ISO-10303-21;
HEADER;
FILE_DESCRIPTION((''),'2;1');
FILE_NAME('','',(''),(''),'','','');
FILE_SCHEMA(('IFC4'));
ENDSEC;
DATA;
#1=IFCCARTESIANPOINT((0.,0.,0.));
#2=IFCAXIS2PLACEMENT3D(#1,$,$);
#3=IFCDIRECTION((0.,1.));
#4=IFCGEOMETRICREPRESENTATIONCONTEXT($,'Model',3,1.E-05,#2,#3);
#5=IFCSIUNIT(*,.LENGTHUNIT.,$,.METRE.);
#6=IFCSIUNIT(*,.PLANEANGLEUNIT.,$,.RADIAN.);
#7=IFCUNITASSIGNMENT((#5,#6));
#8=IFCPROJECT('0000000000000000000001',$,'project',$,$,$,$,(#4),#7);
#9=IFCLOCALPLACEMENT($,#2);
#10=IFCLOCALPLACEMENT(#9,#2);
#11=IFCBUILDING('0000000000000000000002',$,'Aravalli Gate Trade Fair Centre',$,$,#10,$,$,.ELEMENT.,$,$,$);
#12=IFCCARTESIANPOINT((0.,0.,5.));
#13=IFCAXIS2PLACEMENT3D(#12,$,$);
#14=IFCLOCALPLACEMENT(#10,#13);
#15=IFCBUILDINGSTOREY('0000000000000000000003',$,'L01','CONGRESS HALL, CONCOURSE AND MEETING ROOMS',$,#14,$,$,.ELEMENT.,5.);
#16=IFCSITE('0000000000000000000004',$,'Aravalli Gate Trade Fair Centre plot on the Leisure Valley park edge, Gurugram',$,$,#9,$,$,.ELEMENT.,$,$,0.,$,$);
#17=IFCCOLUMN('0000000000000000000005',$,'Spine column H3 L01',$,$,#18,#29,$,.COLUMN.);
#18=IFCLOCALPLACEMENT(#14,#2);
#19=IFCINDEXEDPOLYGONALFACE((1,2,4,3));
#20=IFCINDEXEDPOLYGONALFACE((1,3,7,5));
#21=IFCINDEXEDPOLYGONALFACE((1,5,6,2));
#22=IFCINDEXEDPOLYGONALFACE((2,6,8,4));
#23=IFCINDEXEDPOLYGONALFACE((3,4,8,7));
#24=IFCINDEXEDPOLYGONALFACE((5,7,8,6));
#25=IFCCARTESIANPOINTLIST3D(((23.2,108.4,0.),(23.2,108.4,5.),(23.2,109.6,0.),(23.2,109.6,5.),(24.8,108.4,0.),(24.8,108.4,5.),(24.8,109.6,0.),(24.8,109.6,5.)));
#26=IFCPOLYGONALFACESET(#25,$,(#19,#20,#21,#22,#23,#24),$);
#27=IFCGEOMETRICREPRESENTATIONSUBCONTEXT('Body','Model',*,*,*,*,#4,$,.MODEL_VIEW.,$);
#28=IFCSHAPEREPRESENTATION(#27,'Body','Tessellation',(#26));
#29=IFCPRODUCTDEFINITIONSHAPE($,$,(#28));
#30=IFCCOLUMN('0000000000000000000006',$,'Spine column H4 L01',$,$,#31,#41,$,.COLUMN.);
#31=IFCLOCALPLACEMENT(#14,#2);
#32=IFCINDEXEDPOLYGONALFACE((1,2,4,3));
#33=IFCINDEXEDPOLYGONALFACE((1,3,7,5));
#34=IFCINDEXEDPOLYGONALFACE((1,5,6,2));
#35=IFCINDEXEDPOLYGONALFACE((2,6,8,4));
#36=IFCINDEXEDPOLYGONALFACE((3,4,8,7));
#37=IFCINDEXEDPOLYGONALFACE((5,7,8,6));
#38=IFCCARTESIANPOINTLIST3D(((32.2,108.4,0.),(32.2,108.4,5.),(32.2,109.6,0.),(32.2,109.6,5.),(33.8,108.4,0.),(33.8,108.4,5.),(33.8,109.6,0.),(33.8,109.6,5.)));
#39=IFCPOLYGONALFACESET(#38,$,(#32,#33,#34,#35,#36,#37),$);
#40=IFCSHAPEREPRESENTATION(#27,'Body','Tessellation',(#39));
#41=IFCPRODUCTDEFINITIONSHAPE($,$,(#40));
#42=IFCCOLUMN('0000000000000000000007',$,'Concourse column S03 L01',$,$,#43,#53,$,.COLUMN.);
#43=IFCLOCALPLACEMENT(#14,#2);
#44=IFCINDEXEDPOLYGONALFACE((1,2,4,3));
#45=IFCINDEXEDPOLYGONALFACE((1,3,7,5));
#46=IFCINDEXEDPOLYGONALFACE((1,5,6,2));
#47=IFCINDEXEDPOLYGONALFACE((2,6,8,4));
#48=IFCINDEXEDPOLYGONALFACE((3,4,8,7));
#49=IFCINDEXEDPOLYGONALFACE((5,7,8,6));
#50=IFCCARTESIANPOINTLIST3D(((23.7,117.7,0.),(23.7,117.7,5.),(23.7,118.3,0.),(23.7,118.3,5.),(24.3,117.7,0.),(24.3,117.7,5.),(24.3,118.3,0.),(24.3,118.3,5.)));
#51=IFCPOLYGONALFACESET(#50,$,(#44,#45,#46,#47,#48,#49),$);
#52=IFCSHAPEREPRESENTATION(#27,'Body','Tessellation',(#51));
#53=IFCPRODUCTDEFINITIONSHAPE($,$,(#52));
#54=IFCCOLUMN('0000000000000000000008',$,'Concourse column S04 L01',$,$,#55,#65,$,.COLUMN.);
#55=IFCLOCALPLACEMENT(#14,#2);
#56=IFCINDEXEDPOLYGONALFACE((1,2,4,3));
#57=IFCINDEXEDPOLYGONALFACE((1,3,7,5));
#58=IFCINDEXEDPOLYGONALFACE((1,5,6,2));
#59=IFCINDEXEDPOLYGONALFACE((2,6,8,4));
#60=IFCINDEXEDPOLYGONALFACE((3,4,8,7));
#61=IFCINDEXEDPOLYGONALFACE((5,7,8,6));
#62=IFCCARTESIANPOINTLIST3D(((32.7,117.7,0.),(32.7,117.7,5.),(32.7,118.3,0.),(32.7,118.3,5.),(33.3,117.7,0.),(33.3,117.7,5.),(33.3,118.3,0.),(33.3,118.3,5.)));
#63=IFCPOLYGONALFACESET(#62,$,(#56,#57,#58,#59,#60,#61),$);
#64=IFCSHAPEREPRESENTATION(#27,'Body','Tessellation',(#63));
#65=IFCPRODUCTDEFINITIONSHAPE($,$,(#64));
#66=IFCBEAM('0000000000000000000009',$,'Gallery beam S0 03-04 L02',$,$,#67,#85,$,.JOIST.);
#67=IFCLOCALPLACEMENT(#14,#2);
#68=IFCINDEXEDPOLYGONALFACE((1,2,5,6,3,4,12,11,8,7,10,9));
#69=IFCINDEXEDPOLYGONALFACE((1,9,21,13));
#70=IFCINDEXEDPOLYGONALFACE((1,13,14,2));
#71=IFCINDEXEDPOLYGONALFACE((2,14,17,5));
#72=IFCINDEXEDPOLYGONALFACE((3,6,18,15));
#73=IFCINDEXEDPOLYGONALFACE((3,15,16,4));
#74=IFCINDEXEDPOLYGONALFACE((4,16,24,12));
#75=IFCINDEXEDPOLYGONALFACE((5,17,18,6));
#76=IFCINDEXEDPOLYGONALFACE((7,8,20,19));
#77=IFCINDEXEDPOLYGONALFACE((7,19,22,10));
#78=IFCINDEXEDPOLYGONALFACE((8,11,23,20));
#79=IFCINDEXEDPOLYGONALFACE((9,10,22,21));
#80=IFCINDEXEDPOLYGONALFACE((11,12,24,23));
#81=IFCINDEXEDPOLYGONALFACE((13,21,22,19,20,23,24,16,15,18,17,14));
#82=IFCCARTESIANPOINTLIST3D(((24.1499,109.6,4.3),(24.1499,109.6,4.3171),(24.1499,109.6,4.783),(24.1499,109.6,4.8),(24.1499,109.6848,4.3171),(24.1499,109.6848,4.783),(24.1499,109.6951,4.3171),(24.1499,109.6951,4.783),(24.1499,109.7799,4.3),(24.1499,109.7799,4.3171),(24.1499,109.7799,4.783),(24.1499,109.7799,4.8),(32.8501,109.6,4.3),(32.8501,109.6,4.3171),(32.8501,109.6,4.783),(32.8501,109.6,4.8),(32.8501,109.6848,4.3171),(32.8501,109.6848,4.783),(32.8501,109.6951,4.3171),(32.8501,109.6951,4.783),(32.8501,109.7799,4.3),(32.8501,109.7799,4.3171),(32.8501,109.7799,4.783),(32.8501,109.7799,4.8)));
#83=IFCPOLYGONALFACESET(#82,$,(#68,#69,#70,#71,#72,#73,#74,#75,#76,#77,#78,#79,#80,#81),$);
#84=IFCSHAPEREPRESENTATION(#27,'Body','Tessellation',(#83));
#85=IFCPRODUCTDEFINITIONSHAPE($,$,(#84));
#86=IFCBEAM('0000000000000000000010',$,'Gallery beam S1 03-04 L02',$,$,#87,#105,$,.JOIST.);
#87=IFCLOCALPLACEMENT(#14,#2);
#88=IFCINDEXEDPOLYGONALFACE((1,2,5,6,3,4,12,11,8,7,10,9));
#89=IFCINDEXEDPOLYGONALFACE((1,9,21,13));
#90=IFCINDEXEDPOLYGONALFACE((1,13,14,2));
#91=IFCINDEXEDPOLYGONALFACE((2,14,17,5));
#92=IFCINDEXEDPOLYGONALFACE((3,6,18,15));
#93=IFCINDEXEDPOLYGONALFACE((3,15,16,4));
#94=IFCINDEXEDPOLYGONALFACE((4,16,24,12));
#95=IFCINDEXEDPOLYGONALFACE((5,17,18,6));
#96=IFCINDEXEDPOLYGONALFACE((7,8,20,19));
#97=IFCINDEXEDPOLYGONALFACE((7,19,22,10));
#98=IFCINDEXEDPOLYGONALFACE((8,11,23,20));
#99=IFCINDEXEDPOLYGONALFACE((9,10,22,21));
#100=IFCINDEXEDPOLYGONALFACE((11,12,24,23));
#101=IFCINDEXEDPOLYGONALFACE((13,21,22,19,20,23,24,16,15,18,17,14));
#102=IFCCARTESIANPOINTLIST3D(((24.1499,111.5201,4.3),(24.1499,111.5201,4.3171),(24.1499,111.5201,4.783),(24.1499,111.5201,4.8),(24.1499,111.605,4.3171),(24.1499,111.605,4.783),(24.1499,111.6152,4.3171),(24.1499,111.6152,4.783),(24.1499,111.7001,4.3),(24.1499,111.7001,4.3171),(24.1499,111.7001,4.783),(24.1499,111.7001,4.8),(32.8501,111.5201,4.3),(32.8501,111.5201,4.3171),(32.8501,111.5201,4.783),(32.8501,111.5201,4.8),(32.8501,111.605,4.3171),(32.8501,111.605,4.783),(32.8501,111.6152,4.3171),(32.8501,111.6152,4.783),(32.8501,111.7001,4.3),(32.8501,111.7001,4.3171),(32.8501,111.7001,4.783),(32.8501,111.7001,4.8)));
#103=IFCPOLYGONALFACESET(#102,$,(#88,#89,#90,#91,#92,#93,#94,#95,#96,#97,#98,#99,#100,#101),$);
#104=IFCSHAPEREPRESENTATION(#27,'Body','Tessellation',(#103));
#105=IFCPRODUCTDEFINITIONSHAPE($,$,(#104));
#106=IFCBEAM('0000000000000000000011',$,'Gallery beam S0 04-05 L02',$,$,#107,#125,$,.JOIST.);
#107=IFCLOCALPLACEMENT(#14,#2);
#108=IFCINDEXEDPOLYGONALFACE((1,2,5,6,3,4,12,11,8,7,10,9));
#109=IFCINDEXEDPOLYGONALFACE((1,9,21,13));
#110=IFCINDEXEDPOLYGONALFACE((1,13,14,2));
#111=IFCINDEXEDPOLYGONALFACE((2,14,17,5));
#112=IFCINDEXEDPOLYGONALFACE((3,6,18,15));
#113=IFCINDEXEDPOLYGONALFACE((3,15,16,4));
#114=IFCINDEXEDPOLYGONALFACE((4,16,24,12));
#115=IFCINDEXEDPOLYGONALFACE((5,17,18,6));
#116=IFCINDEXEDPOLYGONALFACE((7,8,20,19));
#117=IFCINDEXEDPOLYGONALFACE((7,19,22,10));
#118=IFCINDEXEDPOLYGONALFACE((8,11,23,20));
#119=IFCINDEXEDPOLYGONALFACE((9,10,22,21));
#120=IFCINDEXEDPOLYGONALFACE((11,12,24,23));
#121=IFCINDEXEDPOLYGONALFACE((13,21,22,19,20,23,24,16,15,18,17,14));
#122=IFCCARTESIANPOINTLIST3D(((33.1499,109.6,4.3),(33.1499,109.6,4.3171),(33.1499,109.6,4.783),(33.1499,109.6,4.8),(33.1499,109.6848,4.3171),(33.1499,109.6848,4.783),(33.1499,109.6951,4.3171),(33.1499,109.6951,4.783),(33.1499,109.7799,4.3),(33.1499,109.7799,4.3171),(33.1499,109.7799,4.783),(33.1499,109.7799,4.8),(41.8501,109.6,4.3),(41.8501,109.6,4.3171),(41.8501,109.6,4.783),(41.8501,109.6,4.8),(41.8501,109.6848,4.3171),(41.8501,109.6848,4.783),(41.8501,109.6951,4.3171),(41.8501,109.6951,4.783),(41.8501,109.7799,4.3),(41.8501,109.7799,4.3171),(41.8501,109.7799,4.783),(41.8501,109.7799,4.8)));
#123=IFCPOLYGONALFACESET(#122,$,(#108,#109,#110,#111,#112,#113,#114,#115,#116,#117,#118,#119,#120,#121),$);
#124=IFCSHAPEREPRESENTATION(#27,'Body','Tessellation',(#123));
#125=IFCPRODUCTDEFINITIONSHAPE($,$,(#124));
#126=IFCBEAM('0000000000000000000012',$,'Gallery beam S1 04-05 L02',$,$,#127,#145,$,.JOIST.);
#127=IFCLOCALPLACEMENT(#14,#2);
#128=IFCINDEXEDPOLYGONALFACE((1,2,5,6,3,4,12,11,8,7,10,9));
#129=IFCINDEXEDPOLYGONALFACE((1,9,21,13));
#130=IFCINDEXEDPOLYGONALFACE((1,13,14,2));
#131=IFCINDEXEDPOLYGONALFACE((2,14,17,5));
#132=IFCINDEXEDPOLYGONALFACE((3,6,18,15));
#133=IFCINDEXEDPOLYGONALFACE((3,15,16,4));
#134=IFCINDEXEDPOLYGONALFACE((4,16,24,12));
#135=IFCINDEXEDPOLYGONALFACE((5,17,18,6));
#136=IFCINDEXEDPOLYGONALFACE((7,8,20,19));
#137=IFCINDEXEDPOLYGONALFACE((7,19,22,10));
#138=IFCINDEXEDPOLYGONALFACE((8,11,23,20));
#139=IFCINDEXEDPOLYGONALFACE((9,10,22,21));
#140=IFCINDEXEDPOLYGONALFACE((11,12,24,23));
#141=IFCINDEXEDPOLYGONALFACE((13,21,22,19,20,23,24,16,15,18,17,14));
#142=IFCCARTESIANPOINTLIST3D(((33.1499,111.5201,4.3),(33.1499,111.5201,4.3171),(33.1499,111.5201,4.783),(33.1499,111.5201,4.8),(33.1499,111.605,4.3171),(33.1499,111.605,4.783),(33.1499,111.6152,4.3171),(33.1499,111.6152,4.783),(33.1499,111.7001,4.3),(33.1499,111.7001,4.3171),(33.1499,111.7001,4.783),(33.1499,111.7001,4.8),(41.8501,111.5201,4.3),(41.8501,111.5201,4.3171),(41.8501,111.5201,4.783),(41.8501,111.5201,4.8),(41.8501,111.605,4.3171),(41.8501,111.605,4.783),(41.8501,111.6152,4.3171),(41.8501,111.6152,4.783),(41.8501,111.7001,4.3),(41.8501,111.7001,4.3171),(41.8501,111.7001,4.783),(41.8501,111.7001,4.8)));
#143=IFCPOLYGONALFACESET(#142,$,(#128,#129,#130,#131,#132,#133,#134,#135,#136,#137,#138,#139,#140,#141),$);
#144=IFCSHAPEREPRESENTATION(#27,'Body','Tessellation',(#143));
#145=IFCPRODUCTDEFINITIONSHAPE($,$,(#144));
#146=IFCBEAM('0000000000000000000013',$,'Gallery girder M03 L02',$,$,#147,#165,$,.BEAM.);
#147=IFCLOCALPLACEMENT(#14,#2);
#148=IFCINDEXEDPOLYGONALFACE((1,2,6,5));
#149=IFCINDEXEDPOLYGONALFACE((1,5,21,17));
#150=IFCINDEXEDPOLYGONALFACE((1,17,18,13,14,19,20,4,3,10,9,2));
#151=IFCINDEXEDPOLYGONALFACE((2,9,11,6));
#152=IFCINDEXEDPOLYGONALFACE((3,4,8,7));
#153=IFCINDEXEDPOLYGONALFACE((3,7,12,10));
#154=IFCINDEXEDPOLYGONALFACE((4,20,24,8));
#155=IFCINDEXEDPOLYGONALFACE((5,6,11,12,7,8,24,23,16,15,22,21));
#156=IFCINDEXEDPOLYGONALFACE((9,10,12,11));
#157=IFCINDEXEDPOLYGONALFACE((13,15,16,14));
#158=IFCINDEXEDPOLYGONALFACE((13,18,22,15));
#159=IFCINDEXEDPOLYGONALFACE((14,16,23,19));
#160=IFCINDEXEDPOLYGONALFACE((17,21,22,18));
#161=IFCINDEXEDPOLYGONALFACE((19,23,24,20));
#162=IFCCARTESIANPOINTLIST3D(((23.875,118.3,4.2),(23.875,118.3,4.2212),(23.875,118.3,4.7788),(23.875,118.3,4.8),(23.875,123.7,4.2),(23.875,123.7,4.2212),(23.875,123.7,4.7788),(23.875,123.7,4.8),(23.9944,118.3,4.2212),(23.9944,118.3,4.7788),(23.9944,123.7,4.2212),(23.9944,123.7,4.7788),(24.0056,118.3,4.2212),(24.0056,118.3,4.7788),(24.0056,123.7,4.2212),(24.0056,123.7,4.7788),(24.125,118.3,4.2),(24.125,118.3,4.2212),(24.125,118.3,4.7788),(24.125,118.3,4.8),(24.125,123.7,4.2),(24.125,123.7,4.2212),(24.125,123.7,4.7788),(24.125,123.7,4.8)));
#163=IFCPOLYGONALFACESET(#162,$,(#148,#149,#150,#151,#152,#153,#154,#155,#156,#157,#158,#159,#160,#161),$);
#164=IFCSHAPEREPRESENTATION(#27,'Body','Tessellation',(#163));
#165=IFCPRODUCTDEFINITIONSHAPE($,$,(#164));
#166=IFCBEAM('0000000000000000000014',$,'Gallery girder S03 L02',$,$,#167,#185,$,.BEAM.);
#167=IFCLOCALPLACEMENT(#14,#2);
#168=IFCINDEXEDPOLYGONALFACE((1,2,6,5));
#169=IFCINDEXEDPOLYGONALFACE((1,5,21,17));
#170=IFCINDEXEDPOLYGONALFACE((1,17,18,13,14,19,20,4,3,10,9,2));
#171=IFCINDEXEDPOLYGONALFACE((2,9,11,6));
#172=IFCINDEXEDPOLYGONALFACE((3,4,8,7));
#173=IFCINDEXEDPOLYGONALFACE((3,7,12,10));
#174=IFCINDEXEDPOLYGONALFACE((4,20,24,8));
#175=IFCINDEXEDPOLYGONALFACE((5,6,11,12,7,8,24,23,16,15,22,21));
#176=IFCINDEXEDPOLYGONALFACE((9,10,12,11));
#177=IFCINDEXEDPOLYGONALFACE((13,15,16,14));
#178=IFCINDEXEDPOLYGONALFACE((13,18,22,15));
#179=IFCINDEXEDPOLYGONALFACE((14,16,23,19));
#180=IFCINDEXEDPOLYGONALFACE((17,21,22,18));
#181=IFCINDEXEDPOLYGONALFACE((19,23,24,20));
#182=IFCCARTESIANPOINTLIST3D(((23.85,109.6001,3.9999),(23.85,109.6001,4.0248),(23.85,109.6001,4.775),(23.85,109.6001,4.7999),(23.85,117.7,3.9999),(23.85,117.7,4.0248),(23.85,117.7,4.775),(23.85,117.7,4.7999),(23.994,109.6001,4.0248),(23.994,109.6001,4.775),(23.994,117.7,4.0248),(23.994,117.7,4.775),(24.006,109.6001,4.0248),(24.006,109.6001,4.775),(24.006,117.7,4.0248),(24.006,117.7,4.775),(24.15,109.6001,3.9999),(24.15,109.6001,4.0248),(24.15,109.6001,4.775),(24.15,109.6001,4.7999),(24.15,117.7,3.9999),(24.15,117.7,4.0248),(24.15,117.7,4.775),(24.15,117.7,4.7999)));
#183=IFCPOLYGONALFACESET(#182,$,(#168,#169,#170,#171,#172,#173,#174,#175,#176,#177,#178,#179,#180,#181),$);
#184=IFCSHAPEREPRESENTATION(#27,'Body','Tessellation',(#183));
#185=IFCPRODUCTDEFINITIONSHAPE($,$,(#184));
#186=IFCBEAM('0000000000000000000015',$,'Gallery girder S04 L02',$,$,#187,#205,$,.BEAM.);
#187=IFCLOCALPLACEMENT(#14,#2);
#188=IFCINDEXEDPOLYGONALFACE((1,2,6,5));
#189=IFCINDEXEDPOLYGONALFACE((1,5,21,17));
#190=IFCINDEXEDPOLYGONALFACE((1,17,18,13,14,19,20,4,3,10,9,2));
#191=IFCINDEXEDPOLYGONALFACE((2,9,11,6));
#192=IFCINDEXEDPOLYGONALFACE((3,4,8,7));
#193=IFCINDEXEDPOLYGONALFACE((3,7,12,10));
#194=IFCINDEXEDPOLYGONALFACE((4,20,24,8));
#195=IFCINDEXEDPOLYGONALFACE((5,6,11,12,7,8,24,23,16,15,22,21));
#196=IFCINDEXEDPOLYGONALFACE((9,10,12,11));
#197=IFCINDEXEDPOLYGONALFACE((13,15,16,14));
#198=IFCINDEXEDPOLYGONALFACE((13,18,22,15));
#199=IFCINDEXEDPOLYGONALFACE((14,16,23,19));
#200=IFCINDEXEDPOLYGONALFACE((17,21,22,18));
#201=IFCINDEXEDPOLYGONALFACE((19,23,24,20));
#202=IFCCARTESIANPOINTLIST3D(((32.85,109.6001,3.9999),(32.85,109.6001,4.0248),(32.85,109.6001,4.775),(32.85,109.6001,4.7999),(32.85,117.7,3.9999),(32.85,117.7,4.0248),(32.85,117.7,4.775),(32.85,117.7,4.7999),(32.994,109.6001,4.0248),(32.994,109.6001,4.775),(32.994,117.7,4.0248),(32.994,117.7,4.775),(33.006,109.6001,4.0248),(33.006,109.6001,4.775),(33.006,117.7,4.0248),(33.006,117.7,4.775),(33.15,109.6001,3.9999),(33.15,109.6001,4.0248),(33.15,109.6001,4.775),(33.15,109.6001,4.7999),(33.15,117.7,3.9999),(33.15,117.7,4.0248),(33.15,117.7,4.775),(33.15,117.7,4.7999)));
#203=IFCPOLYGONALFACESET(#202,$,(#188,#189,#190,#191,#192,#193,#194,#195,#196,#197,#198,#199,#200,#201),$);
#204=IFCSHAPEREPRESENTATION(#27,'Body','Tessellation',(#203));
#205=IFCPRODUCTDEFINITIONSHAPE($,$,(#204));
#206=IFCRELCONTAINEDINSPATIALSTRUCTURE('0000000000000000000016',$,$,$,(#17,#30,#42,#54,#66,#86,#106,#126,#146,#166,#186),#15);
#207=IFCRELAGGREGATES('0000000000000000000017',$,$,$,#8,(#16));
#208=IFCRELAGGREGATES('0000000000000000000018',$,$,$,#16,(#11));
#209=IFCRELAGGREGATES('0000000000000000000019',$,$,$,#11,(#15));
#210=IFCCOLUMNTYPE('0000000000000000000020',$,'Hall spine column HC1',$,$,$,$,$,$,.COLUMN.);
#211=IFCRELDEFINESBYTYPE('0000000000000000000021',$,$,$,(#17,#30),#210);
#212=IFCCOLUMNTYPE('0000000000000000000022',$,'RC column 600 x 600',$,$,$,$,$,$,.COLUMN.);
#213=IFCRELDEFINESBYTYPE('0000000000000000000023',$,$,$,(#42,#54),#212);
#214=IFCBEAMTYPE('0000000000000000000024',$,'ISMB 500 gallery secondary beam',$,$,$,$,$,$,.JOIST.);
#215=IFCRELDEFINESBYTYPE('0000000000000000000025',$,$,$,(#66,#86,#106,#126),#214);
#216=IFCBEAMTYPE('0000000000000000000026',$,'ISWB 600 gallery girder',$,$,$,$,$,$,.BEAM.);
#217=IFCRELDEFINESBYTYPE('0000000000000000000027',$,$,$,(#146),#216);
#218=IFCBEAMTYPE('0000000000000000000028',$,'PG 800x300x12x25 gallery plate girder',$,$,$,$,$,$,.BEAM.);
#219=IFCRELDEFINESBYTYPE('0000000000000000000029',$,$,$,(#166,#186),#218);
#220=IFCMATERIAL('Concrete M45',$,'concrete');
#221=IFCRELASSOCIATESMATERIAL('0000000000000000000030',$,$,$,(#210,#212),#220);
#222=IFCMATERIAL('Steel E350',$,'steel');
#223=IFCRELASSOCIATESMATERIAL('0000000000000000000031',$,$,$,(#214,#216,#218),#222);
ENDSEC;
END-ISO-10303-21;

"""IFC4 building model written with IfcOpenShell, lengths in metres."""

from ifc_helpers import new_model, si_unit, direction, frame, origin, origin_2d, place, context, subcontext, project, spatial, rectangle, i_section, extrude, material, material_profile, profile_set, type_object, element, save


model = new_model("IFC4")

# Units and contexts
model_context = context("Model", 3, precision=1e-05, world=origin(), true_north=direction((0.0, 1.0)))
body_context = subcontext(model_context, "Body", "Model", "MODEL_VIEW")
ifc_project = project(units=[si_unit("LENGTHUNIT", "METRE"), si_unit("PLANEANGLEUNIT", "RADIAN")], contexts=[model_context])

# Site, building, storey
site_placement = place(None, origin())
site = spatial("IfcSite", under=ifc_project, at=site_placement, Name="Aravalli Gate Trade Fair Centre plot on the Leisure Valley park edge, Gurugram", CompositionType="ELEMENT", RefElevation=0.0)
building_placement = place(site_placement, origin())
building = spatial("IfcBuilding", under=site, at=building_placement, Name="Aravalli Gate Trade Fair Centre", CompositionType="ELEMENT")
storey_placement = place(building_placement, frame((0.0, 0.0, 5.0)))
storey = spatial("IfcBuildingStorey", under=building, at=storey_placement, Name="L01", Description="CONGRESS HALL, CONCOURSE AND MEETING ROOMS", CompositionType="ELEMENT", Elevation=5.0)

# Columns
ifc_material_1 = material(Name="Concrete M45", Category="concrete")
ifc_material_profile_1 = material_profile(ifc_material_1, rectangle(XDim=1.6001, YDim=1.2, at=origin_2d()), Name="RC 1600x1200")
ifc_profile_set_1 = profile_set([ifc_material_profile_1], Name="Concrete M45")
column_type_1 = type_object("IfcColumnType", Name="Hall spine column HC1", PredefinedType="COLUMN", material=ifc_profile_set_1)
for number, where, z_axis, x_axis, name in (
    (1, (24.0, 109.0, 0.0), (0.0, 0.0, 1.0), (1.0, 0.0, 0.0), "Spine column H3 L01"),
    (2, (33.0, 109.0, 0.0), (0.0, 0.0, 1.0), (1.0, 0.0, 0.0), "Spine column H4 L01"),
):
    element("IfcColumn", number, at=place(storey_placement, frame(where, z_axis=z_axis, x_axis=x_axis)), inside=storey, type_object=column_type_1, Name=name, PredefinedType="COLUMN", context=body_context, shape_type="SweptSolid", body=[
        extrude(rectangle(XDim=1.6001, YDim=1.2, at=origin_2d()), origin(), (0.0, 0.0, 1.0), 5.0),
    ])
ifc_material_profile_2 = material_profile(ifc_material_1, rectangle(XDim=0.6001, YDim=0.6001, at=origin_2d()), Name="RC column 600 x 600")
ifc_profile_set_2 = profile_set([ifc_material_profile_2], Name="Concrete M45")
column_type_2 = type_object("IfcColumnType", Name="RC column 600 x 600", PredefinedType="COLUMN", material=ifc_profile_set_2)
for number, where, z_axis, x_axis, name in (
    (3, (24.0, 118.0, 0.0), (0.0, 0.0, 1.0), (1.0, 0.0, 0.0), "Concourse column S03 L01"),
    (4, (33.0, 118.0, 0.0), (0.0, 0.0, 1.0), (1.0, 0.0, 0.0), "Concourse column S04 L01"),
):
    element("IfcColumn", number, at=place(storey_placement, frame(where, z_axis=z_axis, x_axis=x_axis)), inside=storey, type_object=column_type_2, Name=name, PredefinedType="COLUMN", context=body_context, shape_type="SweptSolid", body=[
        extrude(rectangle(XDim=0.6001, YDim=0.6001, at=origin_2d()), origin(), (0.0, 0.0, 1.0), 5.0),
    ])

# Beams
ifc_material_2 = material(Name="Steel E350", Category="steel")
ifc_material_profile_3 = material_profile(ifc_material_2, i_section(OverallWidth=0.1799, OverallDepth=0.5, WebThickness=0.0103, FlangeThickness=0.0171, at=origin_2d()), Name="ISMB 500")
ifc_profile_set_3 = profile_set([ifc_material_profile_3], Name="Steel E350")
beam_type_1 = type_object("IfcBeamType", Name="ISMB 500 gallery secondary beam", PredefinedType="JOIST", material=ifc_profile_set_3)
for number, where, z_axis, x_axis, name in (
    (5, (24.1499, 109.6899, 4.55), (1.0, 0.0, 0.0), (0.0, 1.0, 0.0), "Gallery beam S0 03-04 L02"),
    (6, (24.1499, 111.6101, 4.55), (1.0, 0.0, 0.0), (0.0, 1.0, 0.0), "Gallery beam S1 03-04 L02"),
    (7, (33.1499, 109.6899, 4.55), (1.0, 0.0, 0.0), (0.0, 1.0, 0.0), "Gallery beam S0 04-05 L02"),
    (8, (33.1499, 111.6101, 4.55), (1.0, 0.0, 0.0), (0.0, 1.0, 0.0), "Gallery beam S1 04-05 L02"),
):
    element("IfcBeam", number, at=place(storey_placement, frame(where, z_axis=z_axis, x_axis=x_axis)), inside=storey, type_object=beam_type_1, Name=name, PredefinedType="JOIST", context=body_context, shape_type="SweptSolid", body=[
        extrude(i_section(OverallWidth=0.1799, OverallDepth=0.5, WebThickness=0.0103, FlangeThickness=0.0171, at=origin_2d()), origin(), (0.0, 0.0, 1.0), 8.7002),
    ])
ifc_material_profile_4 = material_profile(ifc_material_2, i_section(OverallWidth=0.25, OverallDepth=0.6001, WebThickness=0.0112, FlangeThickness=0.0212, at=origin_2d()), Name="ISWB 600")
ifc_profile_set_4 = profile_set([ifc_material_profile_4], Name="Steel E350")
beam_type_2 = type_object("IfcBeamType", Name="ISWB 600 gallery girder", PredefinedType="BEAM", material=ifc_profile_set_4)
beam_placement = place(storey_placement, frame((24.0, 118.3, 4.5), z_axis=(0.0, 1.0, 0.0), x_axis=(-1.0, 0.0, 0.0)))
element("IfcBeam", 9, at=beam_placement, inside=storey, type_object=beam_type_2, Name="Gallery girder M03 L02", PredefinedType="BEAM", context=body_context, shape_type="SweptSolid", body=[
    extrude(i_section(OverallWidth=0.25, OverallDepth=0.6001, WebThickness=0.0112, FlangeThickness=0.0212, at=origin_2d()), origin(), (0.0, 0.0, 1.0), 5.3999),
])
ifc_material_profile_5 = material_profile(ifc_material_2, i_section(OverallWidth=0.3, OverallDepth=0.8, WebThickness=0.012, FlangeThickness=0.0249, at=origin_2d()), Name="PG 800x300x12x25")
ifc_profile_set_5 = profile_set([ifc_material_profile_5], Name="Steel E350")
beam_type_3 = type_object("IfcBeamType", Name="PG 800x300x12x25 gallery plate girder", PredefinedType="BEAM", material=ifc_profile_set_5)
for number, where, z_axis, x_axis, name in (
    (10, (24.0, 109.6001, 4.3999), (0.0, 1.0, 0.0), (-1.0, 0.0, 0.0), "Gallery girder S03 L02"),
    (11, (33.0, 109.6001, 4.3999), (0.0, 1.0, 0.0), (-1.0, 0.0, 0.0), "Gallery girder S04 L02"),
):
    element("IfcBeam", number, at=place(storey_placement, frame(where, z_axis=z_axis, x_axis=x_axis)), inside=storey, type_object=beam_type_3, Name=name, PredefinedType="BEAM", context=body_context, shape_type="SweptSolid", body=[
        extrude(i_section(OverallWidth=0.3, OverallDepth=0.8, WebThickness=0.012, FlangeThickness=0.0249, at=origin_2d()), origin(), (0.0, 0.0, 1.0), 8.0999),
    ])

save(model, "model.ifc")
